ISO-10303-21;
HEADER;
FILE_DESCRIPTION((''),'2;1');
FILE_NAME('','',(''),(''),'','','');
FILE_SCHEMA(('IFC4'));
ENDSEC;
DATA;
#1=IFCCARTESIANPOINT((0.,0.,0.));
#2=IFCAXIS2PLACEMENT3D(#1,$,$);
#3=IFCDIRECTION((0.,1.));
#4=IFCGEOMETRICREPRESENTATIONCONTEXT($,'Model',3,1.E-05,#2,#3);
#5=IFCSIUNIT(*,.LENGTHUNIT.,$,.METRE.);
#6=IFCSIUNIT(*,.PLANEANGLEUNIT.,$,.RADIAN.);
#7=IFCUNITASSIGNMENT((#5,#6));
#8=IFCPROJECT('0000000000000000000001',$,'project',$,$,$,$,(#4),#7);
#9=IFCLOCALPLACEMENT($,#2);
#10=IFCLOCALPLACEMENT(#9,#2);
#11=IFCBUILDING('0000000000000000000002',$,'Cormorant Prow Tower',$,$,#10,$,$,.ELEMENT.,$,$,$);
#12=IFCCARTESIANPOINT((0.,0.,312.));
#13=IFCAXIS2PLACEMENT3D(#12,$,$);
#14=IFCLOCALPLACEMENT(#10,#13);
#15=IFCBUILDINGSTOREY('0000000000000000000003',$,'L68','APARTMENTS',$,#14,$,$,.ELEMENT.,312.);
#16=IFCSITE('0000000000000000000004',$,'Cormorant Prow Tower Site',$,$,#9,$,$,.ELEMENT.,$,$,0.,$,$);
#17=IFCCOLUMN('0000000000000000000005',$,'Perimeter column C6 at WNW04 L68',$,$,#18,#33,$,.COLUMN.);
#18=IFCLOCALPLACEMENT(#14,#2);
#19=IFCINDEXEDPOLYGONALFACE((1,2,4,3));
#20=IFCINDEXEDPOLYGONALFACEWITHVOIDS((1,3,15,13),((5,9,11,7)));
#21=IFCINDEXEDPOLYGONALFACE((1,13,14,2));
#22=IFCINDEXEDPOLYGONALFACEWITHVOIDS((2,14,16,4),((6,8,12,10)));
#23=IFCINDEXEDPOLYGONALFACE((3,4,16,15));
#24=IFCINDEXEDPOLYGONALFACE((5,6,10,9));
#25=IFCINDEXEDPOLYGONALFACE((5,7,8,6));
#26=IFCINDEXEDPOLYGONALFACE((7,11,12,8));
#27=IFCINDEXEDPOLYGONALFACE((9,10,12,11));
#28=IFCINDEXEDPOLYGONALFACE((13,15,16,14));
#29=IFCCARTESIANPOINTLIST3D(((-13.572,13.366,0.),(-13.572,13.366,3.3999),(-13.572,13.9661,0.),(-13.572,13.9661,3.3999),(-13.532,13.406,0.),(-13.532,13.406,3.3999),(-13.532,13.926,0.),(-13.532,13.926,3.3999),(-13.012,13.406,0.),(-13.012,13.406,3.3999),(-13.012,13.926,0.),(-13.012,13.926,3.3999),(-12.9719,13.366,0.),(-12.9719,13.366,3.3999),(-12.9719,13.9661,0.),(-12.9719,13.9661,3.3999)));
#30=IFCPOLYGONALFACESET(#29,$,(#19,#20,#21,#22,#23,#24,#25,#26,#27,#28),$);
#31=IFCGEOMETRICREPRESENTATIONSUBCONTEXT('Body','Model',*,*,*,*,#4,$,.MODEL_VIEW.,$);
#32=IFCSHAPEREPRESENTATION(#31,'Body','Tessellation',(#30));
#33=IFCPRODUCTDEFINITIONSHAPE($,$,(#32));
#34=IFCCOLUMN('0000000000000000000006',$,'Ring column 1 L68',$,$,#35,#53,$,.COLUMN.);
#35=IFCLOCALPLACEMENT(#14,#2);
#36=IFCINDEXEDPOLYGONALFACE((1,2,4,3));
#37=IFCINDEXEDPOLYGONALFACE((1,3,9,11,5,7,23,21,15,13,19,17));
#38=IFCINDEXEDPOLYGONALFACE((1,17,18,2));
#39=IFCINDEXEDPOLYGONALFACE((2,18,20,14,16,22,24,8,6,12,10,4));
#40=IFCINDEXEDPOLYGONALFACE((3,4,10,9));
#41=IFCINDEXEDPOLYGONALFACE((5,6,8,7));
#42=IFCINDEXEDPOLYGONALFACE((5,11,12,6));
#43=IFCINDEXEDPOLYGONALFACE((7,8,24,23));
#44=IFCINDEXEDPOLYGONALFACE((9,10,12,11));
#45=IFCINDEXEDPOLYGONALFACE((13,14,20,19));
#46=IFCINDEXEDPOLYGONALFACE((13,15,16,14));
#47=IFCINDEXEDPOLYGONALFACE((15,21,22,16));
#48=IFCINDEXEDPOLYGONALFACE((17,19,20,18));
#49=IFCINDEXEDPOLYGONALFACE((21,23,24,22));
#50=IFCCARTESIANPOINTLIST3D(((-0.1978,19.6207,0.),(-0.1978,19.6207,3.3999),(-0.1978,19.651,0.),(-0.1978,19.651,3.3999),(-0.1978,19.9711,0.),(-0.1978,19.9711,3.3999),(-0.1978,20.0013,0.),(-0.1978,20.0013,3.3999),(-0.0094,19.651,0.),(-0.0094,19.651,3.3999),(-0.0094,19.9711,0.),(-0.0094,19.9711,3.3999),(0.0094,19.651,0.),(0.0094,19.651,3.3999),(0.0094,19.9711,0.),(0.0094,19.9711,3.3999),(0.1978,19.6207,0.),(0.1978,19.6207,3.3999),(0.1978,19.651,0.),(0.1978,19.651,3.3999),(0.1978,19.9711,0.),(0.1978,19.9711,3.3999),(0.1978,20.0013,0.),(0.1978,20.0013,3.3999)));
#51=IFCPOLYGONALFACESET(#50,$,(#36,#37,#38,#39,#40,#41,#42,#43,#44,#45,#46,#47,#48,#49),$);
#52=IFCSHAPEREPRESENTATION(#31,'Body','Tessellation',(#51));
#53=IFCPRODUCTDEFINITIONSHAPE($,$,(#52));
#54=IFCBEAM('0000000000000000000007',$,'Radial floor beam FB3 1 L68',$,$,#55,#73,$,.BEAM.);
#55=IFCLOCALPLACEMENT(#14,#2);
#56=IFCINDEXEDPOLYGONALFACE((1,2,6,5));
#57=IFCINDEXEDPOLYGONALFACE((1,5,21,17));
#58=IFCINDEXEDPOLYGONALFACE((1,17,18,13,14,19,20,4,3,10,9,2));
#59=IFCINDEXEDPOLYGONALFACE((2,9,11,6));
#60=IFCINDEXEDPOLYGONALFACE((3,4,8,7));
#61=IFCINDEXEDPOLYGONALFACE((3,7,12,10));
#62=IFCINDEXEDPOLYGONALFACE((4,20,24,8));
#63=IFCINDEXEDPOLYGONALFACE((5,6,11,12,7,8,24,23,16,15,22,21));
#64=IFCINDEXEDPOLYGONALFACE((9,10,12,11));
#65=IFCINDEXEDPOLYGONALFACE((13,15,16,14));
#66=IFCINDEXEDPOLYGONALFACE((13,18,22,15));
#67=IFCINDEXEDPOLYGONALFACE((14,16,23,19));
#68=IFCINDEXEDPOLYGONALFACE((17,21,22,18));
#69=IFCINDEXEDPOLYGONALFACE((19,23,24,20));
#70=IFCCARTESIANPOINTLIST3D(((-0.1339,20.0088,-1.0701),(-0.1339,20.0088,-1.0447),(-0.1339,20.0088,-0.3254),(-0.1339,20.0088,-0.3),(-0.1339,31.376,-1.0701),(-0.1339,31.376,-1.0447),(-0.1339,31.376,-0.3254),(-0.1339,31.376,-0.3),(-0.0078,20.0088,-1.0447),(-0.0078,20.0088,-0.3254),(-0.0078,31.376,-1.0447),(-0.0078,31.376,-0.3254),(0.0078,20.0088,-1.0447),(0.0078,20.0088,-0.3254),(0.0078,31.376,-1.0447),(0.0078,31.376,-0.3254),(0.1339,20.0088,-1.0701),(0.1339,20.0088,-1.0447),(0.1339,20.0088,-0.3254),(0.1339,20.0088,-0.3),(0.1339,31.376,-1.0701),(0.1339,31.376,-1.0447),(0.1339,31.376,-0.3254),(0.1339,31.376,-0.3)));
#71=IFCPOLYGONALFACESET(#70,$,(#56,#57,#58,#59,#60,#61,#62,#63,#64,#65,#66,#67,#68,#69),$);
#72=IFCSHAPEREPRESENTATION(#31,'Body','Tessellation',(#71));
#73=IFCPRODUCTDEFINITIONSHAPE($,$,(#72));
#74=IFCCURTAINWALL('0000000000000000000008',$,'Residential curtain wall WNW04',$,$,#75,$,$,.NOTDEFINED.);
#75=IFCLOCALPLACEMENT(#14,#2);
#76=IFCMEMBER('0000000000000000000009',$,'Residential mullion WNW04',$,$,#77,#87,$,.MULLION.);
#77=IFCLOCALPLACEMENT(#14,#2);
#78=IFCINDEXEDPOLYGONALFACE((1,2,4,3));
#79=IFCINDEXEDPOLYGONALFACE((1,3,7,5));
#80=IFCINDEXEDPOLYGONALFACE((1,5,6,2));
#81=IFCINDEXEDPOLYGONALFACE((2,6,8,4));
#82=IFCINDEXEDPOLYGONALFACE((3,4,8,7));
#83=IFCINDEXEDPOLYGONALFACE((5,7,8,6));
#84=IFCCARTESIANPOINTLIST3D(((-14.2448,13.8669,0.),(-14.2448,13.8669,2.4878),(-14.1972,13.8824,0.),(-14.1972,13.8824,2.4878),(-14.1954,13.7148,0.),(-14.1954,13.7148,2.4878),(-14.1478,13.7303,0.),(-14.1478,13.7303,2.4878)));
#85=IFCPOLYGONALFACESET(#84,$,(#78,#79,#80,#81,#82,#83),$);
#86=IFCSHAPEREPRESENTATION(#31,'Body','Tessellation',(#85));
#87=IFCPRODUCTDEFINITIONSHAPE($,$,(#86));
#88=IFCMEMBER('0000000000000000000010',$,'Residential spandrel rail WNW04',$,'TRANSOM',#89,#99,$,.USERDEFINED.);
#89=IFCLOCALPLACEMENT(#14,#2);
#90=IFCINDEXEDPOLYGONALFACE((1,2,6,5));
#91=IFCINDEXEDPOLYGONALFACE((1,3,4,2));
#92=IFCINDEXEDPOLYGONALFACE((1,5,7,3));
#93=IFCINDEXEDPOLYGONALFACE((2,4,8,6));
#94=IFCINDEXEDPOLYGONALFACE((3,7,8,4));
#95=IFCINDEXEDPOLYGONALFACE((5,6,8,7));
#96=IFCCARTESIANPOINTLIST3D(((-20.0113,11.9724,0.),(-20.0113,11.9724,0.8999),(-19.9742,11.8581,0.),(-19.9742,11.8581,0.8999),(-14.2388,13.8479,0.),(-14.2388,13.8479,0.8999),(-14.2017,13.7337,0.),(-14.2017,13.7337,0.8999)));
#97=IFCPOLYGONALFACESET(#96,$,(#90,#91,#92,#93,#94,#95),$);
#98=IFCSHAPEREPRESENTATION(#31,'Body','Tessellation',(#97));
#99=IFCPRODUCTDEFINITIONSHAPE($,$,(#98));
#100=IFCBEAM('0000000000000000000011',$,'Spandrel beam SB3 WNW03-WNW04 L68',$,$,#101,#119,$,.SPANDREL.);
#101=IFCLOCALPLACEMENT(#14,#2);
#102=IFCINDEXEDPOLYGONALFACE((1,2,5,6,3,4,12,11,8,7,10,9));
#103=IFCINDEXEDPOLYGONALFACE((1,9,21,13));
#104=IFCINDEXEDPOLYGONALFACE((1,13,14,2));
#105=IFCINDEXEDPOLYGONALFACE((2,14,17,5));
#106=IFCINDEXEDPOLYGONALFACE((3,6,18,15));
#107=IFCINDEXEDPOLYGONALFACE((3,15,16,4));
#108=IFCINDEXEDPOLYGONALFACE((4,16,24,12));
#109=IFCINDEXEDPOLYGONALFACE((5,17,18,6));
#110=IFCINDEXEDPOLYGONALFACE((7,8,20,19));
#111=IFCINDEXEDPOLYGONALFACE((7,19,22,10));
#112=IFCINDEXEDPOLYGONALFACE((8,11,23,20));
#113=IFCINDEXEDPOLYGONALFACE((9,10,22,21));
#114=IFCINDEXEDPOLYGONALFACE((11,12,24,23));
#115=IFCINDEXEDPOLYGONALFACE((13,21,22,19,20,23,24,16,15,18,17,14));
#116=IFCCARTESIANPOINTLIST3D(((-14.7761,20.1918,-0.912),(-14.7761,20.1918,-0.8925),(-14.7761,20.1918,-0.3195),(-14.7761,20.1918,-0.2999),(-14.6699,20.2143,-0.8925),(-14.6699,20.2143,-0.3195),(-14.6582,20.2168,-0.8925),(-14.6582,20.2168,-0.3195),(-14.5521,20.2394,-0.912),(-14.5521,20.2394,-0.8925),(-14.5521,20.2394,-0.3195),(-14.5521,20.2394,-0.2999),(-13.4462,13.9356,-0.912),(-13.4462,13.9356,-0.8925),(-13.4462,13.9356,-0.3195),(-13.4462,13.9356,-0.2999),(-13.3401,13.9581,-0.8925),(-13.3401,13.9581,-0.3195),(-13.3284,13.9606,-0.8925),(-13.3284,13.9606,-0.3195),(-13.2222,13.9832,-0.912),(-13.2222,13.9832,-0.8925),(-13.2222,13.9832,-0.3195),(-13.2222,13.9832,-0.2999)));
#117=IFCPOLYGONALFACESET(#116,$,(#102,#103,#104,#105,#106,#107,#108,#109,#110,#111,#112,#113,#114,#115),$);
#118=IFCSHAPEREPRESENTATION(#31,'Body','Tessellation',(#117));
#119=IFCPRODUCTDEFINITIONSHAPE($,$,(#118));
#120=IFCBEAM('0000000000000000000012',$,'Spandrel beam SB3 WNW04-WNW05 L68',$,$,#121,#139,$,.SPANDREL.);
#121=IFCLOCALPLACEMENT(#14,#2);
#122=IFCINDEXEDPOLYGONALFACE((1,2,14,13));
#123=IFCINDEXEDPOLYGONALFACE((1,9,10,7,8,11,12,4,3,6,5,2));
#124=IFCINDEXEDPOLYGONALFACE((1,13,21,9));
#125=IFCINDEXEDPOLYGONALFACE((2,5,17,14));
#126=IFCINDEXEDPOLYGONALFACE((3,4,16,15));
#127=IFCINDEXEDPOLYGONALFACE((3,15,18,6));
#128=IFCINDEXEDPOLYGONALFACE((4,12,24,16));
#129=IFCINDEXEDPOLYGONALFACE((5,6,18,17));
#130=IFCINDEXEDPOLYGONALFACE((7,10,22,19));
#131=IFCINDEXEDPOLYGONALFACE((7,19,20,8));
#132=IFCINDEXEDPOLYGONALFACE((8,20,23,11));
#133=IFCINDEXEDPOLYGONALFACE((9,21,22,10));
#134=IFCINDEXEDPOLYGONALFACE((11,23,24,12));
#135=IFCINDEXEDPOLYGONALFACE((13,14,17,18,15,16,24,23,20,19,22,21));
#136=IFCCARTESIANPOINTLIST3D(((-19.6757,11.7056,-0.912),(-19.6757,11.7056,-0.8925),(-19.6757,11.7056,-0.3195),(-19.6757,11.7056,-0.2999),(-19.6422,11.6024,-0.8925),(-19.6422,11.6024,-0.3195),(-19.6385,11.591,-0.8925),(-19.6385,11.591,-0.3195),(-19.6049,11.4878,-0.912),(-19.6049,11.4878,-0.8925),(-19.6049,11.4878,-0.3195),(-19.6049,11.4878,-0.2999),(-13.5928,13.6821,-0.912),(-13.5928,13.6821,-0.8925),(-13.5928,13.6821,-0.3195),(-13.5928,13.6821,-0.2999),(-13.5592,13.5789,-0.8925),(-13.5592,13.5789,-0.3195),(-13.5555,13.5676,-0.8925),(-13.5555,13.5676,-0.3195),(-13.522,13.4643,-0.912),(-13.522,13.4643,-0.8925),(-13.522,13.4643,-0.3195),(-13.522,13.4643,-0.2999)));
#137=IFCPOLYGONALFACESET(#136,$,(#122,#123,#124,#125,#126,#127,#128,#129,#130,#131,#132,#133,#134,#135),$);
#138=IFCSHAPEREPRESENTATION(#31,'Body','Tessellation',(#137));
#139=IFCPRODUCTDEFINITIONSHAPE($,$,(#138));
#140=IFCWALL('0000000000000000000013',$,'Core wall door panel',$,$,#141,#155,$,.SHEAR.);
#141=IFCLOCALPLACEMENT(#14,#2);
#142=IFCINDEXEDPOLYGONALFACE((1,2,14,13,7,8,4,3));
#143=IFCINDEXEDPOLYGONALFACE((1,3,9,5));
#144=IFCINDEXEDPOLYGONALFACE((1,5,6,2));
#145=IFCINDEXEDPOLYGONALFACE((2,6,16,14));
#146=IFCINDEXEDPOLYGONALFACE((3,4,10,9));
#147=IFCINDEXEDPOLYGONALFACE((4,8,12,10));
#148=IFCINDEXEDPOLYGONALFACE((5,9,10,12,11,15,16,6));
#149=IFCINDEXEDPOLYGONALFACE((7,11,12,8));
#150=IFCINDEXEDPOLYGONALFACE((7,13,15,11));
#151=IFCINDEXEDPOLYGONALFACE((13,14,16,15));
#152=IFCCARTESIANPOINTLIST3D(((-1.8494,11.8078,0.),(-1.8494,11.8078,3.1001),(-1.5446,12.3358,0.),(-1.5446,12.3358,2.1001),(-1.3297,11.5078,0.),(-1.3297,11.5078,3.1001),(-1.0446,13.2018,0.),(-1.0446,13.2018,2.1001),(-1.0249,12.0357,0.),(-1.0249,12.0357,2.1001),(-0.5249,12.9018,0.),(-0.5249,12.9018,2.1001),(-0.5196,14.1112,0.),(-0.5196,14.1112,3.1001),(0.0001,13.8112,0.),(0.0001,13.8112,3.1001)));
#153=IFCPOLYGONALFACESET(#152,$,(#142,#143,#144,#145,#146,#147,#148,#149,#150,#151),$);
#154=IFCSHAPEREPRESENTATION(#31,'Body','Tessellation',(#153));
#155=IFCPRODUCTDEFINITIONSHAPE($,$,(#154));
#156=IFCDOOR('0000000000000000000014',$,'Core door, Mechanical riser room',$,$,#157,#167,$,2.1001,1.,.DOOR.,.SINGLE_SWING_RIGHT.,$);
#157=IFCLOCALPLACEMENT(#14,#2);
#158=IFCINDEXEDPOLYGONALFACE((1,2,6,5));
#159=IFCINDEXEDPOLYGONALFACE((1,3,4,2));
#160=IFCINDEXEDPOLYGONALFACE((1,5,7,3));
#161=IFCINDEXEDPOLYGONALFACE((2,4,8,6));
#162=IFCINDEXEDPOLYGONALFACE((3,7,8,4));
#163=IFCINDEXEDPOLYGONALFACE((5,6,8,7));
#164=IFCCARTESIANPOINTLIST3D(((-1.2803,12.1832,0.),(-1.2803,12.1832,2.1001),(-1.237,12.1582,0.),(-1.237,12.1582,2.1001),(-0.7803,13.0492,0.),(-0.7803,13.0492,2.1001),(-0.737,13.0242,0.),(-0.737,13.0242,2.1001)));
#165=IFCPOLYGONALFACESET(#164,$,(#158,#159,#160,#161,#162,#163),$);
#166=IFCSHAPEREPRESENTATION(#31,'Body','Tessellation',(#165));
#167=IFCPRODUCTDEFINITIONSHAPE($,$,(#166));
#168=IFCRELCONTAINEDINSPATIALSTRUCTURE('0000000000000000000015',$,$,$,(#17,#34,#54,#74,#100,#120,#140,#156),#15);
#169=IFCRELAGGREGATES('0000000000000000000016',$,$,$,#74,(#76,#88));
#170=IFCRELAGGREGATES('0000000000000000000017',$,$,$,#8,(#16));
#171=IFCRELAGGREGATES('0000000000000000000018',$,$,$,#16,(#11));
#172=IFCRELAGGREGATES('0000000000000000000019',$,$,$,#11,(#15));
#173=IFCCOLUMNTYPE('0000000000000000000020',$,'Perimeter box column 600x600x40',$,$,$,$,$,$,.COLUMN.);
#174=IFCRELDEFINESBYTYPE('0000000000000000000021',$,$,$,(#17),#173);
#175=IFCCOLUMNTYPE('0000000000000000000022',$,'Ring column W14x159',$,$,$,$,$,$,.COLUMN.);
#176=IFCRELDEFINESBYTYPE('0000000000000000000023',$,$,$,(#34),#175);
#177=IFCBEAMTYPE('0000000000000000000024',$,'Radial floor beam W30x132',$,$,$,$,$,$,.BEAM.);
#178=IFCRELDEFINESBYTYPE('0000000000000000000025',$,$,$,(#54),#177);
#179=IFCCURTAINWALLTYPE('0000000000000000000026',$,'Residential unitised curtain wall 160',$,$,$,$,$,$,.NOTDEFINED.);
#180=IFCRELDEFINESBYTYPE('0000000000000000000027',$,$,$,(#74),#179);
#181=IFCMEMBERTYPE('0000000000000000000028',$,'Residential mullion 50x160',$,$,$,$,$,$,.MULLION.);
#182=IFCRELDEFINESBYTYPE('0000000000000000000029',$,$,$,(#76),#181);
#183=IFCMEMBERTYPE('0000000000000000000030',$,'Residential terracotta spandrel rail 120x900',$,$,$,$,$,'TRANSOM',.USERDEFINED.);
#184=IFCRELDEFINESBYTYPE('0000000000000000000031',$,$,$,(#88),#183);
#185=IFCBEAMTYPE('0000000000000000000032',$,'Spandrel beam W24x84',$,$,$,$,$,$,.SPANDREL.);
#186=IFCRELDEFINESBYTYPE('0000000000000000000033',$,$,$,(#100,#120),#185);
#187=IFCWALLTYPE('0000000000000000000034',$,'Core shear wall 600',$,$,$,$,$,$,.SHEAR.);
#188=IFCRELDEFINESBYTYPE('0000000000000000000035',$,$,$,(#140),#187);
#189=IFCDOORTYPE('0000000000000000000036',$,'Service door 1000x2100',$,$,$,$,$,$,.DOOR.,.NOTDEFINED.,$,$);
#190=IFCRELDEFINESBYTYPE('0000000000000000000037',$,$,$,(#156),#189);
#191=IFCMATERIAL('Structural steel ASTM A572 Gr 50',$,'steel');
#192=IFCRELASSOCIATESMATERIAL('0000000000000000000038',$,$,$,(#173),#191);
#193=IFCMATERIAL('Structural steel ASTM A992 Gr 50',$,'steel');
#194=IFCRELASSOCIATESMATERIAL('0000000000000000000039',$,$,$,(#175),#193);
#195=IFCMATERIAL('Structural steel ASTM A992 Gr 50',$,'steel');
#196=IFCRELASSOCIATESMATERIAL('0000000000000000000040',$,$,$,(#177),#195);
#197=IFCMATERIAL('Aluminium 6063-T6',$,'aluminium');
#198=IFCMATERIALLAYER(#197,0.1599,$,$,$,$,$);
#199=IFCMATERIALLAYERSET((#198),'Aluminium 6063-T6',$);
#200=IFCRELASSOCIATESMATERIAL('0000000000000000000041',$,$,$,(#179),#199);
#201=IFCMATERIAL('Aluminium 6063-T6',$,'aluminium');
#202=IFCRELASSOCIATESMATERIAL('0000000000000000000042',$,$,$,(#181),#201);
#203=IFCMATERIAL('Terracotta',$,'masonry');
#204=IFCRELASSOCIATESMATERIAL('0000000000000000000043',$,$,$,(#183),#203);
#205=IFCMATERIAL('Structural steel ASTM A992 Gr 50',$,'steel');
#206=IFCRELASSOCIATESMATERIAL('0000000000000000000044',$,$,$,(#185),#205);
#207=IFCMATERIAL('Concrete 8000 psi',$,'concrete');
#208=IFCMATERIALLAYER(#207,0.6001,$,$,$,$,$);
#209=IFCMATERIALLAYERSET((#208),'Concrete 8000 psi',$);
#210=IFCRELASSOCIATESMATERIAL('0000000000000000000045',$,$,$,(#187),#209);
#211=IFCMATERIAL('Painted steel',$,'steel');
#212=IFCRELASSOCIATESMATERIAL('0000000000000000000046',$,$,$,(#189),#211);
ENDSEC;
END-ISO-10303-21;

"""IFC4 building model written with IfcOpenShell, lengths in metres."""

from ifc_helpers import new_model, si_unit, direction, frame, frame_2d, origin, origin_2d, place, context, subcontext, project, spatial, rectangle, hollow_rectangle, i_section, extrude, material, layer, layer_set, material_profile, profile_set, type_object, element, fill, aggregate, save


model = new_model("IFC4")

# Units and contexts
model_context = context("Model", 3, precision=1e-05, world=origin(), true_north=direction((0.0, 1.0)))
body_context = subcontext(model_context, "Body", "Model", "MODEL_VIEW")
ifc_project = project(units=[si_unit("LENGTHUNIT", "METRE"), si_unit("PLANEANGLEUNIT", "RADIAN")], contexts=[model_context])

# Site, building, storey
site_placement = place(None, origin())
site = spatial("IfcSite", under=ifc_project, at=site_placement, Name="Cormorant Prow Tower Site", CompositionType="ELEMENT", RefElevation=0.0)
building_placement = place(site_placement, origin())
building = spatial("IfcBuilding", under=site, at=building_placement, Name="Cormorant Prow Tower", CompositionType="ELEMENT")
storey_placement = place(building_placement, frame((0.0, 0.0, 312.0)))
storey = spatial("IfcBuildingStorey", under=building, at=storey_placement, Name="L68", Description="APARTMENTS", CompositionType="ELEMENT", Elevation=312.0)

# Columns
ifc_material_1 = material(Name="Structural steel ASTM A572 Gr 50", Category="steel")
ifc_material_profile_1 = material_profile(ifc_material_1, hollow_rectangle(XDim=0.6001, YDim=0.6001, WallThickness=0.04, at=origin_2d()), Name="Box 600x600x40")
ifc_profile_set_1 = profile_set([ifc_material_profile_1], Name="Structural steel ASTM A572 Gr 50")
column_type_1 = type_object("IfcColumnType", Name="Perimeter box column 600x600x40", PredefinedType="COLUMN", material=ifc_profile_set_1)
column_1_placement = place(storey_placement, frame((-13.272, 13.666, 0.0), z_axis=(0.0, 0.0, 1.0), x_axis=(1.0, 0.0, 0.0)))
element("IfcColumn", 1, at=column_1_placement, inside=storey, type_object=column_type_1, Name="Perimeter column C6 at WNW04 L68", PredefinedType="COLUMN", context=body_context, shape_type="SweptSolid", body=[
    extrude(hollow_rectangle(XDim=0.6001, YDim=0.6001, WallThickness=0.04, at=origin_2d()), origin(), (0.0, 0.0, 1.0), 3.3999),
])
ifc_material_2 = material(Name="Structural steel ASTM A992 Gr 50", Category="steel")
ifc_material_profile_2 = material_profile(ifc_material_2, i_section(OverallWidth=0.3955, OverallDepth=0.3806, WebThickness=0.0188, FlangeThickness=0.0303, at=origin_2d()), Name="W14x159")
ifc_profile_set_2 = profile_set([ifc_material_profile_2], Name="Structural steel ASTM A992 Gr 50")
column_type_2 = type_object("IfcColumnType", Name="Ring column W14x159", PredefinedType="COLUMN", material=ifc_profile_set_2)
column_2_placement = place(storey_placement, frame((0.0, 19.811, 0.0), z_axis=(0.0, 0.0, 1.0), x_axis=(1.0, 0.0, 0.0)))
element("IfcColumn", 2, at=column_2_placement, inside=storey, type_object=column_type_2, Name="Ring column 1 L68", PredefinedType="COLUMN", context=body_context, shape_type="SweptSolid", body=[
    extrude(i_section(OverallWidth=0.3955, OverallDepth=0.3806, WebThickness=0.0188, FlangeThickness=0.0303, at=origin_2d()), origin(), (0.0, 0.0, 1.0), 3.3999),
])

# Beam
ifc_material_3 = material(Name="Structural steel ASTM A992 Gr 50", Category="steel")
ifc_material_profile_3 = material_profile(ifc_material_3, i_section(OverallWidth=0.2678, OverallDepth=0.77, WebThickness=0.0156, FlangeThickness=0.0254, at=origin_2d()), Name="W30x132")
ifc_profile_set_3 = profile_set([ifc_material_profile_3], Name="Structural steel ASTM A992 Gr 50")
beam_type_1 = type_object("IfcBeamType", Name="Radial floor beam W30x132", PredefinedType="BEAM", material=ifc_profile_set_3)
beam_placement = place(storey_placement, frame((0.0, 20.0088, -0.6851), z_axis=(0.0, 1.0, 0.0), x_axis=(-1.0, 0.0, 0.0)))
element("IfcBeam", 3, at=beam_placement, inside=storey, type_object=beam_type_1, Name="Radial floor beam FB3 1 L68", PredefinedType="BEAM", context=body_context, shape_type="SweptSolid", body=[
    extrude(i_section(OverallWidth=0.2678, OverallDepth=0.77, WebThickness=0.0156, FlangeThickness=0.0254, at=origin_2d()), origin(), (0.0, 0.0, 1.0), 11.3672),
])

# Curtain wall, members
ifc_material_4 = material(Name="Aluminium 6063-T6", Category="aluminium")
ifc_layer_1 = layer(ifc_material_4, 0.1599)
ifc_layer_set_1 = layer_set([ifc_layer_1], Name="Aluminium 6063-T6")
curtain_wall_type = type_object("IfcCurtainWallType", Name="Residential unitised curtain wall 160", PredefinedType="NOTDEFINED", material=ifc_layer_set_1)
curtain_wall_placement = place(storey_placement, origin())
curtain_wall = element("IfcCurtainWall", 4, at=curtain_wall_placement, inside=storey, type_object=curtain_wall_type, Name="Residential curtain wall WNW04", PredefinedType="NOTDEFINED")
ifc_material_5 = material(Name="Aluminium 6063-T6", Category="aluminium")
ifc_material_profile_4 = material_profile(ifc_material_5, rectangle(XDim=0.1599, YDim=0.05, at=origin_2d()), Name="Residential mullion 50x160")
ifc_profile_set_4 = profile_set([ifc_material_profile_4], Name="Aluminium 6063-T6")
member_type_1 = type_object("IfcMemberType", Name="Residential mullion 50x160", PredefinedType="MULLION", material=ifc_profile_set_4)
member_1_placement = place(storey_placement, frame((-14.1963, 13.7986, 0.0), z_axis=(0.0, 0.0, 1.0), x_axis=(0.309017, -0.951056, 0.0)))
member_1 = element("IfcMember", 5, at=member_1_placement, type_object=member_type_1, Name="Residential mullion WNW04", PredefinedType="MULLION", context=body_context, shape_type="SweptSolid", body=[
    extrude(rectangle(XDim=0.1599, YDim=0.05, at=origin_2d()), origin(), (0.0, 0.0, 1.0), 2.4878),
])
ifc_material_6 = material(Name="Terracotta", Category="masonry")
ifc_material_profile_5 = material_profile(ifc_material_6, rectangle(XDim=0.1201, YDim=0.8999, at=origin_2d()), Name="Residential terracotta spandrel rail 120x900")
ifc_profile_set_5 = profile_set([ifc_material_profile_5], Name="Terracotta")
member_type_2 = type_object("IfcMemberType", Name="Residential terracotta spandrel rail 120x900", ElementType="TRANSOM", PredefinedType="USERDEFINED", material=ifc_profile_set_5)
member_2_placement = place(storey_placement, frame((-14.2202, 13.7908, 0.45), z_axis=(-0.951061, -0.309002, 0.0), x_axis=(0.309002, -0.951061, 0.0)))
member_2 = element("IfcMember", 6, at=member_2_placement, type_object=member_type_2, Name="Residential spandrel rail WNW04", ObjectType="TRANSOM", PredefinedType="USERDEFINED", context=body_context, shape_type="SweptSolid", body=[
    extrude(rectangle(XDim=0.1201, YDim=0.8999, at=origin_2d()), origin(), (0.0, 0.0, 1.0), 6.0696),
])
aggregate(curtain_wall, [member_1, member_2])

# Beams
ifc_material_7 = material(Name="Structural steel ASTM A992 Gr 50", Category="steel")
ifc_material_profile_6 = material_profile(ifc_material_7, i_section(OverallWidth=0.229, OverallDepth=0.6121, WebThickness=0.012, FlangeThickness=0.0195, at=origin_2d()), Name="W24x84")
ifc_profile_set_6 = profile_set([ifc_material_profile_6], Name="Structural steel ASTM A992 Gr 50")
beam_type_2 = type_object("IfcBeamType", Name="Spandrel beam W24x84", PredefinedType="SPANDREL", material=ifc_profile_set_6)
for number, where, z_axis, x_axis, name in (
    (7, (-14.6641, 20.2156, -0.606), (0.20792, -0.978146, 0.0), (0.978146, 0.20792, 0.0), "Spandrel beam SB3 WNW03-WNW04 L68"),
    (8, (-13.5574, 13.5732, -0.606), (-0.951053, -0.309027, 0.0), (0.309027, -0.951053, 0.0), "Spandrel beam SB3 WNW04-WNW05 L68"),
):
    element("IfcBeam", number, at=place(storey_placement, frame(where, z_axis=z_axis, x_axis=x_axis)), inside=storey, type_object=beam_type_2, Name=name, PredefinedType="SPANDREL", context=body_context, shape_type="SweptSolid", body=[
        extrude(i_section(OverallWidth=0.229, OverallDepth=0.6121, WebThickness=0.012, FlangeThickness=0.0195, at=origin_2d()), origin(), (0.0, 0.0, 1.0), 6.396),
    ])

# Wall, opening, door
ifc_material_8 = material(Name="Concrete 8000 psi", Category="concrete")
ifc_layer_2 = layer(ifc_material_8, 0.6001)
ifc_layer_set_2 = layer_set([ifc_layer_2], Name="Concrete 8000 psi")
wall_type_1 = type_object("IfcWallType", Name="Core shear wall 600", PredefinedType="SHEAR", material=ifc_layer_set_2)
wall_1_placement = place(storey_placement, frame((-0.2598, 13.9612, 0.0), z_axis=(0.0, 0.0, 1.0), x_axis=(-0.499979, -0.866037, 0.0)))
wall_1 = element("IfcWall", 9, at=wall_1_placement, inside=storey, type_object=wall_type_1, Name="Core wall door panel", PredefinedType="SHEAR", context=body_context, shape_type="SweptSolid", body=[
    extrude(rectangle(XDim=2.6597, YDim=0.6001, at=frame_2d((1.3298, 0.0))), origin(), (0.0, 0.0, 1.0), 3.1001),
])
opening_1_placement = place(wall_1_placement, frame((1.05, 0.0, 0.0)))
opening_1 = element("IfcOpeningElement", 10, at=opening_1_placement, cuts=wall_1, PredefinedType="OPENING", context=body_context, shape_type="SweptSolid", body=[
    extrude(rectangle(XDim=1.0, YDim=2.1001, at=frame_2d((0.5, 1.05))), frame((0.0, 0.3101, 0.0), z_axis=(0.0, -1.0, 0.0), x_axis=(1.0, 0.0, 0.0)), (0.0, 0.0, 1.0), 0.6201),
])
ifc_material_9 = material(Name="Painted steel", Category="steel")
door_type_1 = type_object("IfcDoorType", Name="Service door 1000x2100", OperationType="NOTDEFINED", PredefinedType="DOOR", material=ifc_material_9)
door_1_placement = place(opening_1_placement, origin())
door_1 = element("IfcDoor", 11, at=door_1_placement, inside=storey, type_object=door_type_1, Name="Core door, Mechanical riser room", OperationType="SINGLE_SWING_RIGHT", OverallHeight=2.1001, OverallWidth=1.0, PredefinedType="DOOR", context=body_context, shape_type="SweptSolid", body=[
    extrude(rectangle(XDim=1.0, YDim=2.1001, at=frame_2d((0.5, 1.05))), frame((0.0, 0.0552, 0.0), z_axis=(0.0, -1.0, 0.0), x_axis=(1.0, 0.0, 0.0)), (0.0, 0.0, 1.0), 0.05),
])
fill(opening_1, door_1)

save(model, "model.ifc")
